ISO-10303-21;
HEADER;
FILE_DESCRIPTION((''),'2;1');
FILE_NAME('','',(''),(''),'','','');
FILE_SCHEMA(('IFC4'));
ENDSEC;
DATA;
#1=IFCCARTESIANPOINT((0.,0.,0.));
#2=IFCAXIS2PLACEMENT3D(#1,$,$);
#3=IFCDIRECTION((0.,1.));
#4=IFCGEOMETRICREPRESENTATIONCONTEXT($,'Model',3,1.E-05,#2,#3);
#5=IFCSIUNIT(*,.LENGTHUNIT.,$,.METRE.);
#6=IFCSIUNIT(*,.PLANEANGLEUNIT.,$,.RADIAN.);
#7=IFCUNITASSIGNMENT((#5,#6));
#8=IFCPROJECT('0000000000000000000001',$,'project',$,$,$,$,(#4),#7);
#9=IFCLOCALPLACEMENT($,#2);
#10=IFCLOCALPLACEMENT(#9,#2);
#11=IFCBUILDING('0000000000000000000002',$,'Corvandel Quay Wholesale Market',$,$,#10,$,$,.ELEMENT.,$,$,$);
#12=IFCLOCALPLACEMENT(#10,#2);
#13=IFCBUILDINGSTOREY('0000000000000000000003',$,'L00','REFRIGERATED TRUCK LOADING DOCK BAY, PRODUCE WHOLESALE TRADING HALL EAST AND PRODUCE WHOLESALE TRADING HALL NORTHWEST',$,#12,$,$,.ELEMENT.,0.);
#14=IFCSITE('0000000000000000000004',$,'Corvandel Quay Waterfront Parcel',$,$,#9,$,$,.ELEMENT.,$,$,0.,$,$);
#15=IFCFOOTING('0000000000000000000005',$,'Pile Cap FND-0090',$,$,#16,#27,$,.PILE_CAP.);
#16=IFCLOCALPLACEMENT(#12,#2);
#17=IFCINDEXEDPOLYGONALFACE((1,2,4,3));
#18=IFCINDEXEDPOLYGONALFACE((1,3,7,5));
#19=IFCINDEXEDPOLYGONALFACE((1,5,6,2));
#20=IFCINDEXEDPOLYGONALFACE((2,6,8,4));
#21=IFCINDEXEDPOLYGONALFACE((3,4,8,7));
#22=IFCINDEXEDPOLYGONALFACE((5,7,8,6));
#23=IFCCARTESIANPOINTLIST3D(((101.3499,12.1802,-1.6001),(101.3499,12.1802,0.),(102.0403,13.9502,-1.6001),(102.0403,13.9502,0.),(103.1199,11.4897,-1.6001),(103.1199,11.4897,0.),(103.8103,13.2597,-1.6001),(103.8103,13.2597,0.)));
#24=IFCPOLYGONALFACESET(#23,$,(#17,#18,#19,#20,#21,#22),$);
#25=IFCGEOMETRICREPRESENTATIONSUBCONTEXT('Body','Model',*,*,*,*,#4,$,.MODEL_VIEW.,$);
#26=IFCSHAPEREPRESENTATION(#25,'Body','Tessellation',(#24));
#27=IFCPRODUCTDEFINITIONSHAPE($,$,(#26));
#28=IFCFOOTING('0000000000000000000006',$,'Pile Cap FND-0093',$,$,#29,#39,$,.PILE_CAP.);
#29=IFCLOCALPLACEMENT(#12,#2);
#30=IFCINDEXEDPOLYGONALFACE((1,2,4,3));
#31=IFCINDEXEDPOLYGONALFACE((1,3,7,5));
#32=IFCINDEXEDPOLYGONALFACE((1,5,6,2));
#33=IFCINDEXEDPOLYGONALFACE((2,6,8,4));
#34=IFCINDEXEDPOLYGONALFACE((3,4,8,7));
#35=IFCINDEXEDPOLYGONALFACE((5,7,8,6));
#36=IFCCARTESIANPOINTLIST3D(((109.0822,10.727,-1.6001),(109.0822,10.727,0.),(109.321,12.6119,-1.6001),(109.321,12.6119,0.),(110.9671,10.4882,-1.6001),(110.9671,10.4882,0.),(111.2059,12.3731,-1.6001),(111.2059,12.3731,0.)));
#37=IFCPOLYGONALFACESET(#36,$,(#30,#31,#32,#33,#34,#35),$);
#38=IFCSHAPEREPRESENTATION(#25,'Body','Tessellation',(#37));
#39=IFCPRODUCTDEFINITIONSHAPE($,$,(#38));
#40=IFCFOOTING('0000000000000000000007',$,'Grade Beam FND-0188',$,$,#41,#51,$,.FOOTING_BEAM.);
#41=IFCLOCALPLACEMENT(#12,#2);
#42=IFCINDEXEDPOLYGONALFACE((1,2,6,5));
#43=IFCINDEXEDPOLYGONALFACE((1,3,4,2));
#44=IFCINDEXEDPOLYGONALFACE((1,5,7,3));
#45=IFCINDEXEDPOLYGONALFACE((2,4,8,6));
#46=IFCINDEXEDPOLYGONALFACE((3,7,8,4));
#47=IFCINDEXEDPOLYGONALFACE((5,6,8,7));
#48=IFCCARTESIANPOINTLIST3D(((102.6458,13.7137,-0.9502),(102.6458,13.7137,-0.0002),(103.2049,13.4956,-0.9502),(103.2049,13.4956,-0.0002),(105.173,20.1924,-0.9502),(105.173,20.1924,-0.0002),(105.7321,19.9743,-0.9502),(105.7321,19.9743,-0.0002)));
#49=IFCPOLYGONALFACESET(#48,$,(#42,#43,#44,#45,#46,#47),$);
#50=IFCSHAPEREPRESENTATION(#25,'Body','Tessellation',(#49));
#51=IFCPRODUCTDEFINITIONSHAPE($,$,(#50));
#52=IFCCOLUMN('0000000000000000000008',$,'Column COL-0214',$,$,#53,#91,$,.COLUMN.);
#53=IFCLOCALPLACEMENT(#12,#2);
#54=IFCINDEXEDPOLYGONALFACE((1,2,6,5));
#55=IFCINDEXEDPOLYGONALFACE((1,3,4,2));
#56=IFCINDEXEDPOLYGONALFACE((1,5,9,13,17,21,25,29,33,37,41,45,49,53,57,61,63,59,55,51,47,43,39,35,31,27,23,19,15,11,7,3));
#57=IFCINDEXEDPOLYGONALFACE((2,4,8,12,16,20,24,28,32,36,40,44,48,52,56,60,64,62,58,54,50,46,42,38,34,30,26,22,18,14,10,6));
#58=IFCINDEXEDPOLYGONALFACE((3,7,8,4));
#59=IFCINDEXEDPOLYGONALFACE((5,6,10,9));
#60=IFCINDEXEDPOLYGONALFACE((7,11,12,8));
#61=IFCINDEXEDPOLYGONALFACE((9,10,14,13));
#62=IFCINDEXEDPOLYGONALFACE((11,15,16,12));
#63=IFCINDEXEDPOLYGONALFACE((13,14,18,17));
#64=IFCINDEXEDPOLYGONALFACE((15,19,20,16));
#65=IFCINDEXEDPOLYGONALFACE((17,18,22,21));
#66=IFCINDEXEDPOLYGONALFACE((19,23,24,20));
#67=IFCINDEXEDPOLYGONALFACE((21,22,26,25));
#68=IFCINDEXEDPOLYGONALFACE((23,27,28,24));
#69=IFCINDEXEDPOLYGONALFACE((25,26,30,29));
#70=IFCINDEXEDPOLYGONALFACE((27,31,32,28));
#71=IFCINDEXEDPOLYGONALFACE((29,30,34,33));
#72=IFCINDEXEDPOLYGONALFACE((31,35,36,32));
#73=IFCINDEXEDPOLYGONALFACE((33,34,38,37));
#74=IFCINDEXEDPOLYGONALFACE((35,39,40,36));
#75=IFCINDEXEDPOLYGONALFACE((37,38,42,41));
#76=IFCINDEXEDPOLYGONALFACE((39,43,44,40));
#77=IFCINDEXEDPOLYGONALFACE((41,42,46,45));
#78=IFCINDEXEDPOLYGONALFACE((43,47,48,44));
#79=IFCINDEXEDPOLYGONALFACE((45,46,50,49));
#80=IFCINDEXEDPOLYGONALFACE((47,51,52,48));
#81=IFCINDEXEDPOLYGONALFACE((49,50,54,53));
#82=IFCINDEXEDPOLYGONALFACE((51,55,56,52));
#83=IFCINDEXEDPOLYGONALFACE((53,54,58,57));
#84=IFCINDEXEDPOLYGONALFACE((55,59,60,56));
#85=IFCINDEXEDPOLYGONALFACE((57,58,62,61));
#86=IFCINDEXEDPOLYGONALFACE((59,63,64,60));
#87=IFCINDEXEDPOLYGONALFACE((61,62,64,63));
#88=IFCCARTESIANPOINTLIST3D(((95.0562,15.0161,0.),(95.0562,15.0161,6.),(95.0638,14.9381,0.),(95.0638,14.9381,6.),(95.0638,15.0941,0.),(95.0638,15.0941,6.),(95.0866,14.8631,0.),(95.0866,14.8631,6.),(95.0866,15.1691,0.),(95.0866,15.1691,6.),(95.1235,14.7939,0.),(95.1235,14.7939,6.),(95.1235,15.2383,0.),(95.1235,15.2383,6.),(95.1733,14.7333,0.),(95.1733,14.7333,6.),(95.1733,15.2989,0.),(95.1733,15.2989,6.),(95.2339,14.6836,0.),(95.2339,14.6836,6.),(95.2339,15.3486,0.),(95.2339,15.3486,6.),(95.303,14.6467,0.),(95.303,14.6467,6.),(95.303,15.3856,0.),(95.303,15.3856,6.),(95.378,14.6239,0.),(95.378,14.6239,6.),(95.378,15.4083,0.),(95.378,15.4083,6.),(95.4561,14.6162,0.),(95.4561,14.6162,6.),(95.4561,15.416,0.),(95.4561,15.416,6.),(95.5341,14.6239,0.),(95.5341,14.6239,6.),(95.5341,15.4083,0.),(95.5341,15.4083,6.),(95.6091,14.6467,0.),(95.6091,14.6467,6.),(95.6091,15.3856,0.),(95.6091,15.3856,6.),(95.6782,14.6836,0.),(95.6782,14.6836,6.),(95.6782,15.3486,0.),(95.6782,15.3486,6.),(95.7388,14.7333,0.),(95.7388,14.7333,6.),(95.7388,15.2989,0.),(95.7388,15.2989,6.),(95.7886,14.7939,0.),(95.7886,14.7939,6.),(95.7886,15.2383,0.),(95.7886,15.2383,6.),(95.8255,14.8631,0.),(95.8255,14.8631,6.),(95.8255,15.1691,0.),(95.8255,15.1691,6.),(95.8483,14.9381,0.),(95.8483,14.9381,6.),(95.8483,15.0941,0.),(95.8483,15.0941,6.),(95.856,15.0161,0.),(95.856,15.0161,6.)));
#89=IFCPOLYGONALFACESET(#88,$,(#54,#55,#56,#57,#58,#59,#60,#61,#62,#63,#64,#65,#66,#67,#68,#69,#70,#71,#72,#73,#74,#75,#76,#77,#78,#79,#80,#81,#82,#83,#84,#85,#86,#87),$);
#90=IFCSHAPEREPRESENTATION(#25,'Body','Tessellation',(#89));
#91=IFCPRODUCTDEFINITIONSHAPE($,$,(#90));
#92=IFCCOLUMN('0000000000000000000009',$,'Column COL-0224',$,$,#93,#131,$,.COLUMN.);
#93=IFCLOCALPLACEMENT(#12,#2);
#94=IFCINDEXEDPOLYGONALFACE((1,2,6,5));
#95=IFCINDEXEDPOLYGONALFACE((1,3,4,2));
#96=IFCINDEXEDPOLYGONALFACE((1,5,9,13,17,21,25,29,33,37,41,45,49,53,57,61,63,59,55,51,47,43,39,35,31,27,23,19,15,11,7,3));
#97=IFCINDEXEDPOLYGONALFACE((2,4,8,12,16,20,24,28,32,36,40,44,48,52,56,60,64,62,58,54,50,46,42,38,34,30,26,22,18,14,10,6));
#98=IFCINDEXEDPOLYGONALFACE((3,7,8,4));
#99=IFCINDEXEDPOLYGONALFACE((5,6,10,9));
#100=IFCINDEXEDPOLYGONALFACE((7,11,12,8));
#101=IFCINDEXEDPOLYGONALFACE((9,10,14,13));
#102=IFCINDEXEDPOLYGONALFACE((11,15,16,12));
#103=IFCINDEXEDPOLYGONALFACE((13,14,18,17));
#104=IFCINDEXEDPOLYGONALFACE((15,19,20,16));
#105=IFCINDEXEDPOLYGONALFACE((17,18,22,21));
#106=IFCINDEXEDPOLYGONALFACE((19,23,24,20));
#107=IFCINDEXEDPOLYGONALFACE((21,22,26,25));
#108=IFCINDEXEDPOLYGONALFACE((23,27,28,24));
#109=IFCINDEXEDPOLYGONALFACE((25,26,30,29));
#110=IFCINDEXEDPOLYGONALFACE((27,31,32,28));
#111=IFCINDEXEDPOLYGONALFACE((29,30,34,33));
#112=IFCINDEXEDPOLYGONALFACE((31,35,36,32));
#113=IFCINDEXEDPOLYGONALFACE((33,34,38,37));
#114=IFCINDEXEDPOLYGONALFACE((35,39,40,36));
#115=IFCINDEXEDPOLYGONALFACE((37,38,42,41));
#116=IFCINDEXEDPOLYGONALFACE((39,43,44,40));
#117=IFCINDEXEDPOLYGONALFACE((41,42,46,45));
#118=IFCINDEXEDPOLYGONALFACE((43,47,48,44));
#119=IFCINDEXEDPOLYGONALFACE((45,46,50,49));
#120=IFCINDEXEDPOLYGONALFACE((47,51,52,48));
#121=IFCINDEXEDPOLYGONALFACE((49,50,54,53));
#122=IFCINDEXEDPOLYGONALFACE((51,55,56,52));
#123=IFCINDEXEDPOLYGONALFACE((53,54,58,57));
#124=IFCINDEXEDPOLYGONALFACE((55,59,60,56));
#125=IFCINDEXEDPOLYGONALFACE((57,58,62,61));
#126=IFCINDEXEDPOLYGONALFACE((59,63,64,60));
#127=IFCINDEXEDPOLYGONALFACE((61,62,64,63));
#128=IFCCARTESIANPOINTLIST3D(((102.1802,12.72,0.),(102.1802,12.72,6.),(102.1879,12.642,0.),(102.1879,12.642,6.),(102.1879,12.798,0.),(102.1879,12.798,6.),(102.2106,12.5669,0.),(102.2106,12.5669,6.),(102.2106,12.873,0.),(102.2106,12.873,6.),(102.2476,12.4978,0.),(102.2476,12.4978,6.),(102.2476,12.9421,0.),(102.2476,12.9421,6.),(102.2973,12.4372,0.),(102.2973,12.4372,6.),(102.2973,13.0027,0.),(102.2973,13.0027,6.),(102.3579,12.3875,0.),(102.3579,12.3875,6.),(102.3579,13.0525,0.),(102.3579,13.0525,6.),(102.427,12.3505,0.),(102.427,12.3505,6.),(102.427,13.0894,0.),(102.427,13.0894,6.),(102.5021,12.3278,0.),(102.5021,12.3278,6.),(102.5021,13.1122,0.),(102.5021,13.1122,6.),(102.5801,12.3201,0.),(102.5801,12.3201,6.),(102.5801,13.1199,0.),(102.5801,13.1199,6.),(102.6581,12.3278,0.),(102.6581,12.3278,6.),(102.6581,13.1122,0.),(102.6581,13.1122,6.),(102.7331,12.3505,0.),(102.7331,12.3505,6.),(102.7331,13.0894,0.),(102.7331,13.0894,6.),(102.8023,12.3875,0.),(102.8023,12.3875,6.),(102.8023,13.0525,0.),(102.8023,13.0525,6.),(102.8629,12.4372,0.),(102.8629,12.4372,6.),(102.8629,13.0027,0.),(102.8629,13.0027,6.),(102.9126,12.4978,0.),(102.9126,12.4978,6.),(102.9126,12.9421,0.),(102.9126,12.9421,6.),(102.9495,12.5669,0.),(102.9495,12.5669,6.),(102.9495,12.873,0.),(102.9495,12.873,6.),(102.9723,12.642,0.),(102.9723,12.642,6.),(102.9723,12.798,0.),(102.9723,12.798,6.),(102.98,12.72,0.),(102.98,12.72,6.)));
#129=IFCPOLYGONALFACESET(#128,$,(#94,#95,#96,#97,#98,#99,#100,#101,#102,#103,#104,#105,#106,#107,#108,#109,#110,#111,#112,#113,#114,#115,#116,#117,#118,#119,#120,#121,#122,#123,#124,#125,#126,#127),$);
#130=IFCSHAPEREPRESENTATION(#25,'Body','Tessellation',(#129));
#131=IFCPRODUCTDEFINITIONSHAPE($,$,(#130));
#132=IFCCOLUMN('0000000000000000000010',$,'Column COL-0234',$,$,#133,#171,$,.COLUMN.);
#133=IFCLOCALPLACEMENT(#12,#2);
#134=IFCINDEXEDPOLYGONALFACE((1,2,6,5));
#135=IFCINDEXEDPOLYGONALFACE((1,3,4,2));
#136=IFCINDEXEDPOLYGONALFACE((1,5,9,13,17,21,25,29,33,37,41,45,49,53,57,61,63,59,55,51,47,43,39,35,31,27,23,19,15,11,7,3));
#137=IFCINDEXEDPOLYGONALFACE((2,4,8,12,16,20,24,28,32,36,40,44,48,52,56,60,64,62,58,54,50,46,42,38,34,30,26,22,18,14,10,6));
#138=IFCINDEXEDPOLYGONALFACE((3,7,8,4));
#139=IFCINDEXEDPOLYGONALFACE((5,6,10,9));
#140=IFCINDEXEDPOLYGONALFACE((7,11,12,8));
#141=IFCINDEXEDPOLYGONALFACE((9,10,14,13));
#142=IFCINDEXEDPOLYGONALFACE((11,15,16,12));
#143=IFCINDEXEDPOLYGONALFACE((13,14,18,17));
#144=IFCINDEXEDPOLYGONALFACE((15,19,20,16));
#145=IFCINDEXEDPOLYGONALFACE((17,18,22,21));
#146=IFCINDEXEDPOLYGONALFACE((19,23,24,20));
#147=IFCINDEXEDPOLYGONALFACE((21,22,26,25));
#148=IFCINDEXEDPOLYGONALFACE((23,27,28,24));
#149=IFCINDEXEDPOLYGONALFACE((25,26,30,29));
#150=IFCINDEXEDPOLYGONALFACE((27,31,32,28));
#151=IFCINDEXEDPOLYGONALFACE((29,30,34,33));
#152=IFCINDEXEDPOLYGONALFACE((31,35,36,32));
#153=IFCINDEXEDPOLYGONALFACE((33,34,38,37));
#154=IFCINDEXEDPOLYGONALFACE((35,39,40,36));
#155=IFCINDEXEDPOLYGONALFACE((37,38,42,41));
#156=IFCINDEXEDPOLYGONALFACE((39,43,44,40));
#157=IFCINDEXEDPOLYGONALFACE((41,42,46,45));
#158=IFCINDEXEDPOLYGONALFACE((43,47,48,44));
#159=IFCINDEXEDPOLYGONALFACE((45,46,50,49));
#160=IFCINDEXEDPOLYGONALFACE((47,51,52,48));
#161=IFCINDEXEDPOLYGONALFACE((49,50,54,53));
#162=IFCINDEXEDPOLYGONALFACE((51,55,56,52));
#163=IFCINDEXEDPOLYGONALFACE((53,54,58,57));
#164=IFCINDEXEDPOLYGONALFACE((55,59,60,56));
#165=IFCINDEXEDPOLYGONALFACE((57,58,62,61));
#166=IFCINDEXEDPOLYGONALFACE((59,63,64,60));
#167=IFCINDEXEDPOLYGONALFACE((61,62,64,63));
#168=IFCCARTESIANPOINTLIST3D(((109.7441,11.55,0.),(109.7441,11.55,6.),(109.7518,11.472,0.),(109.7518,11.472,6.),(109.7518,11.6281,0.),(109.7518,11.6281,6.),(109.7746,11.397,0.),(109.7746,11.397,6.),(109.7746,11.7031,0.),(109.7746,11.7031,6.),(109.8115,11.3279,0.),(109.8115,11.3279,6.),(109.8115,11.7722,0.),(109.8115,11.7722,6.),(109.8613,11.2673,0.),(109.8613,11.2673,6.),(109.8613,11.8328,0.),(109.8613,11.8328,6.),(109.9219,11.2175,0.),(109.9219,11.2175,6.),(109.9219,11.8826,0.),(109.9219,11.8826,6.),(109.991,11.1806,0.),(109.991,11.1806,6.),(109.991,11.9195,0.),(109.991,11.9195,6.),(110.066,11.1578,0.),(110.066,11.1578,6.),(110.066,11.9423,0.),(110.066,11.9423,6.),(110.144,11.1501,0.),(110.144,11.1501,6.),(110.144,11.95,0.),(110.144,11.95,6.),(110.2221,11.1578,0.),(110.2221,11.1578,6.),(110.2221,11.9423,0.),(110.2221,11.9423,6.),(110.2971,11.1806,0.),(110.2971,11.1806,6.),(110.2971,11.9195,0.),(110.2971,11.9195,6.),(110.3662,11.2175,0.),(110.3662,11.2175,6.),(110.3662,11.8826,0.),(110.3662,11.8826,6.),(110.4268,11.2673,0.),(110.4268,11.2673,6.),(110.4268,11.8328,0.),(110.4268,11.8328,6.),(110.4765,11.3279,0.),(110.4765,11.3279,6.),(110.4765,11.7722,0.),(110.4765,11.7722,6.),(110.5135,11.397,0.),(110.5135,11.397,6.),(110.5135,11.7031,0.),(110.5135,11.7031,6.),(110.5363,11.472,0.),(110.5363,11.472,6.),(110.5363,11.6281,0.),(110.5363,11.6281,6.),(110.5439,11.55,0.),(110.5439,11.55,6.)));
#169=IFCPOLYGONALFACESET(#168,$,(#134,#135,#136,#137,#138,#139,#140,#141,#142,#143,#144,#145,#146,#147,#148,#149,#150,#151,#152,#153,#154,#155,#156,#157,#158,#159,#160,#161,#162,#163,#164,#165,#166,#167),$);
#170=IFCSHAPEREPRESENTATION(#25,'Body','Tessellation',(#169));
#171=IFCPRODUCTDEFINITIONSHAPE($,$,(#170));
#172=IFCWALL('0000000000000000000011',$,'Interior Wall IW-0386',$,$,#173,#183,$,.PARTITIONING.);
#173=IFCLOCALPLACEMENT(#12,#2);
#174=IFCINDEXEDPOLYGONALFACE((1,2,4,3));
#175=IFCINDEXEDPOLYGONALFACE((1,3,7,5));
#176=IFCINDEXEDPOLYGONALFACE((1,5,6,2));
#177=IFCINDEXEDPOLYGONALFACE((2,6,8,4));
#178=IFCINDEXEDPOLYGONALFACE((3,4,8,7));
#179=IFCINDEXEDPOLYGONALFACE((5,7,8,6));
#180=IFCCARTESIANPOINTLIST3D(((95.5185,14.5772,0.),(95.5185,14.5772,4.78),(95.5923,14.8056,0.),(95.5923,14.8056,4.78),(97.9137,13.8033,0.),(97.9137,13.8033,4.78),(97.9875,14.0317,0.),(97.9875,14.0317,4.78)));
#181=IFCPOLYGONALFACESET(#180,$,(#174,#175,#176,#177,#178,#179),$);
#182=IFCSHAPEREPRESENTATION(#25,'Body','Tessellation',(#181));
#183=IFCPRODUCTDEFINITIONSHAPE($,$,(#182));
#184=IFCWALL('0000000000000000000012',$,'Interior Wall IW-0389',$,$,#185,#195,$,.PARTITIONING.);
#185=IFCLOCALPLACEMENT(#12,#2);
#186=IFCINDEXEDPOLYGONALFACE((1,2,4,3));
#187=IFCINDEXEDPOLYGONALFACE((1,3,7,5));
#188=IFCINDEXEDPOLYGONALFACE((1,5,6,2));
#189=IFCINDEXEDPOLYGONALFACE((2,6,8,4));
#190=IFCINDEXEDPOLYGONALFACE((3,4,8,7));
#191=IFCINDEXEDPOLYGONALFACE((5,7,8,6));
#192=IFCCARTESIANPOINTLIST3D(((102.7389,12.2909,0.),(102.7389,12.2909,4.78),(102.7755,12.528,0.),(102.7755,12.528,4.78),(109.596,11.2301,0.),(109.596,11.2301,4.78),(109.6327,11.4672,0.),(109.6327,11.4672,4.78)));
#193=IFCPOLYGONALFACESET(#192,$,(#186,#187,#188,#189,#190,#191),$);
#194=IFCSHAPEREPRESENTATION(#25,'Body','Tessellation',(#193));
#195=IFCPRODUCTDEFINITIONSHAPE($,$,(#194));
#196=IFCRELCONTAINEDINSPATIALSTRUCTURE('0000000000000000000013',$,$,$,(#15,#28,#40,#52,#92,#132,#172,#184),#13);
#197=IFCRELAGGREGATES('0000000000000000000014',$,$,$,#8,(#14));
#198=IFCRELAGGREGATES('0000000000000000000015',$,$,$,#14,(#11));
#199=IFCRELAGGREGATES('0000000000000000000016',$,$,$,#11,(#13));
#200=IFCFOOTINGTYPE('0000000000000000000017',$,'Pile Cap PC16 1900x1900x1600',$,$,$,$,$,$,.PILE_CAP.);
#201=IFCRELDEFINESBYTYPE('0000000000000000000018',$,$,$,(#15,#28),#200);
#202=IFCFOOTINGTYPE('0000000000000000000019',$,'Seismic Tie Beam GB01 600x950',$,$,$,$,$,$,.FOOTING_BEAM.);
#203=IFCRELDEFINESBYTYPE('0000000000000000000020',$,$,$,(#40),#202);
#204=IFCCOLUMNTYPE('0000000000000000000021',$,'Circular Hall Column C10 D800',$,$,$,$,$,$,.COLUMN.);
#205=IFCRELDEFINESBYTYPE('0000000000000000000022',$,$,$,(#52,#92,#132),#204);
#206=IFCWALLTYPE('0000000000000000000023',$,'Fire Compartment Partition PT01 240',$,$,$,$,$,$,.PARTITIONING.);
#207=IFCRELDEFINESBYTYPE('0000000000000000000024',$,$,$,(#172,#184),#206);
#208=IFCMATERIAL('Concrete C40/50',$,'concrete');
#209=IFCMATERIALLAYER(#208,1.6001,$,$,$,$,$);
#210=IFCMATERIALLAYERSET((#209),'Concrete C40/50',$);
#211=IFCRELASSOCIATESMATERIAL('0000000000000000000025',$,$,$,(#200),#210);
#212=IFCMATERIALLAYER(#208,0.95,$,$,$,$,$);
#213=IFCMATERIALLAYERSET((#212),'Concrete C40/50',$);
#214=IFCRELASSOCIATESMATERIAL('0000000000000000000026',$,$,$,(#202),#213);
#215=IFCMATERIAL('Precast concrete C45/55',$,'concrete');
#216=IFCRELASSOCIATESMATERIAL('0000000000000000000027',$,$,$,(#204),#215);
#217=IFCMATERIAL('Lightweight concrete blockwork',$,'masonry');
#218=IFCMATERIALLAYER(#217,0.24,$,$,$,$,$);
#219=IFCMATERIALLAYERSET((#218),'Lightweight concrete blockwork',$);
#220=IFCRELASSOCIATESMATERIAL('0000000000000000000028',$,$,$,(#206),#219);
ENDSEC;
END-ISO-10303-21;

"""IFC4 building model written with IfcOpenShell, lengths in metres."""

from ifc_helpers import new_model, si_unit, direction, frame, frame_2d, origin, origin_2d, place, context, subcontext, project, spatial, rectangle, circle, extrude, material, layer, layer_set, material_profile, profile_set, type_object, element, save


model = new_model("IFC4")

# Units and contexts
model_context = context("Model", 3, precision=1e-05, world=origin(), true_north=direction((0.0, 1.0)))
body_context = subcontext(model_context, "Body", "Model", "MODEL_VIEW")
ifc_project = project(units=[si_unit("LENGTHUNIT", "METRE"), si_unit("PLANEANGLEUNIT", "RADIAN")], contexts=[model_context])

# Site, building, storey
site_placement = place(None, origin())
site = spatial("IfcSite", under=ifc_project, at=site_placement, Name="Corvandel Quay Waterfront Parcel", CompositionType="ELEMENT", RefElevation=0.0)
building_placement = place(site_placement, origin())
building = spatial("IfcBuilding", under=site, at=building_placement, Name="Corvandel Quay Wholesale Market", CompositionType="ELEMENT")
storey_placement = place(building_placement, origin())
storey = spatial("IfcBuildingStorey", under=building, at=storey_placement, Name="L00", Description="REFRIGERATED TRUCK LOADING DOCK BAY, PRODUCE WHOLESALE TRADING HALL EAST AND PRODUCE WHOLESALE TRADING HALL NORTHWEST", CompositionType="ELEMENT", Elevation=0.0)

# Shared definitions
ifc_material_1 = material(Name="Concrete C40/50", Category="concrete")

# Footings
ifc_layer_1 = layer(ifc_material_1, 1.6001)
ifc_layer_set_1 = layer_set([ifc_layer_1], Name="Concrete C40/50")
footing_type_1 = type_object("IfcFootingType", Name="Pile Cap PC16 1900x1900x1600", PredefinedType="PILE_CAP", material=ifc_layer_set_1)
for number, where, z_axis, x_axis, name in (
    (1, (102.5801, 12.72, -1.6001), (0.0, 0.0, 1.0), (-0.931628, 0.363414, 0.0), "Pile Cap FND-0090"),
    (2, (110.144, 11.55, -1.6001), (0.0, 0.0, 1.0), (-0.992071, 0.12568, 0.0), "Pile Cap FND-0093"),
):
    element("IfcFooting", number, at=place(storey_placement, frame(where, z_axis=z_axis, x_axis=x_axis)), inside=storey, type_object=footing_type_1, Name=name, PredefinedType="PILE_CAP", context=body_context, shape_type="SweptSolid", body=[
        extrude(rectangle(XDim=1.8999, YDim=1.8999, at=origin_2d()), origin(), (0.0, 0.0, 1.0), 1.6001),
    ])
ifc_layer_2 = layer(ifc_material_1, 0.95)
ifc_layer_set_2 = layer_set([ifc_layer_2], Name="Concrete C40/50")
footing_type_2 = type_object("IfcFootingType", Name="Seismic Tie Beam GB01 600x950", PredefinedType="FOOTING_BEAM", material=ifc_layer_set_2)
footing_placement = place(storey_placement, frame((104.189, 16.844, -0.9502), z_axis=(0.0, 0.0, 1.0), x_axis=(0.363414, 0.931628, 0.0)))
element("IfcFooting", 3, at=footing_placement, inside=storey, type_object=footing_type_2, Name="Grade Beam FND-0188", PredefinedType="FOOTING_BEAM", context=body_context, shape_type="SweptSolid", body=[
    extrude(rectangle(XDim=6.9541, YDim=0.6001, at=origin_2d()), origin(), (0.0, 0.0, 1.0), 0.95),
])

# Columns
ifc_material_2 = material(Name="Precast concrete C45/55", Category="concrete")
ifc_material_profile_1 = material_profile(ifc_material_2, circle(Radius=0.3999, at=origin_2d()), Name="PC-COL-D800")
ifc_profile_set_1 = profile_set([ifc_material_profile_1], Name="Precast concrete C45/55")
column_type = type_object("IfcColumnType", Name="Circular Hall Column C10 D800", PredefinedType="COLUMN", material=ifc_profile_set_1)
for number, where, z_axis, x_axis, name in (
    (4, (95.4561, 15.0161, 0.0), (0.0, 0.0, 1.0), (1.0, 0.0, 0.0), "Column COL-0214"),
    (5, (102.5801, 12.72, 0.0), (0.0, 0.0, 1.0), (1.0, 0.0, 0.0), "Column COL-0224"),
    (6, (110.144, 11.55, 0.0), (0.0, 0.0, 1.0), (1.0, 0.0, 0.0), "Column COL-0234"),
):
    element("IfcColumn", number, at=place(storey_placement, frame(where, z_axis=z_axis, x_axis=x_axis)), inside=storey, type_object=column_type, Name=name, PredefinedType="COLUMN", context=body_context, shape_type="SweptSolid", body=[
        extrude(circle(Radius=0.3999, at=origin_2d()), origin(), (0.0, 0.0, 1.0), 6.0),
    ])

# Walls
ifc_material_3 = material(Name="Lightweight concrete blockwork", Category="masonry")
ifc_layer_3 = layer(ifc_material_3, 0.24)
ifc_layer_set_3 = layer_set([ifc_layer_3], Name="Lightweight concrete blockwork")
wall_type = type_object("IfcWallType", Name="Fire Compartment Partition PT01 240", PredefinedType="PARTITIONING", material=ifc_layer_set_3)
wall_1_placement = place(storey_placement, frame((95.5554, 14.6914, 0.0), z_axis=(0.0, 0.0, 1.0), x_axis=(0.951562, -0.307456, 0.0)))
element("IfcWall", 7, at=wall_1_placement, inside=storey, type_object=wall_type, Name="Interior Wall IW-0386", PredefinedType="PARTITIONING", context=body_context, shape_type="SweptSolid", body=[
    extrude(rectangle(XDim=2.5171, YDim=0.24, at=frame_2d((1.2585, 0.0))), origin(), (0.0, 0.0, 1.0), 4.78),
])
wall_2_placement = place(storey_placement, frame((102.7573, 12.4094, 0.0), z_axis=(0.0, 0.0, 1.0), x_axis=(0.988245, -0.152879, 0.0)))
element("IfcWall", 8, at=wall_2_placement, inside=storey, type_object=wall_type, Name="Interior Wall IW-0389", PredefinedType="PARTITIONING", context=body_context, shape_type="SweptSolid", body=[
    extrude(rectangle(XDim=6.9387, YDim=0.24, at=frame_2d((3.4692, 0.0))), origin(), (0.0, 0.0, 1.0), 4.78),
])

save(model, "model.ifc")
